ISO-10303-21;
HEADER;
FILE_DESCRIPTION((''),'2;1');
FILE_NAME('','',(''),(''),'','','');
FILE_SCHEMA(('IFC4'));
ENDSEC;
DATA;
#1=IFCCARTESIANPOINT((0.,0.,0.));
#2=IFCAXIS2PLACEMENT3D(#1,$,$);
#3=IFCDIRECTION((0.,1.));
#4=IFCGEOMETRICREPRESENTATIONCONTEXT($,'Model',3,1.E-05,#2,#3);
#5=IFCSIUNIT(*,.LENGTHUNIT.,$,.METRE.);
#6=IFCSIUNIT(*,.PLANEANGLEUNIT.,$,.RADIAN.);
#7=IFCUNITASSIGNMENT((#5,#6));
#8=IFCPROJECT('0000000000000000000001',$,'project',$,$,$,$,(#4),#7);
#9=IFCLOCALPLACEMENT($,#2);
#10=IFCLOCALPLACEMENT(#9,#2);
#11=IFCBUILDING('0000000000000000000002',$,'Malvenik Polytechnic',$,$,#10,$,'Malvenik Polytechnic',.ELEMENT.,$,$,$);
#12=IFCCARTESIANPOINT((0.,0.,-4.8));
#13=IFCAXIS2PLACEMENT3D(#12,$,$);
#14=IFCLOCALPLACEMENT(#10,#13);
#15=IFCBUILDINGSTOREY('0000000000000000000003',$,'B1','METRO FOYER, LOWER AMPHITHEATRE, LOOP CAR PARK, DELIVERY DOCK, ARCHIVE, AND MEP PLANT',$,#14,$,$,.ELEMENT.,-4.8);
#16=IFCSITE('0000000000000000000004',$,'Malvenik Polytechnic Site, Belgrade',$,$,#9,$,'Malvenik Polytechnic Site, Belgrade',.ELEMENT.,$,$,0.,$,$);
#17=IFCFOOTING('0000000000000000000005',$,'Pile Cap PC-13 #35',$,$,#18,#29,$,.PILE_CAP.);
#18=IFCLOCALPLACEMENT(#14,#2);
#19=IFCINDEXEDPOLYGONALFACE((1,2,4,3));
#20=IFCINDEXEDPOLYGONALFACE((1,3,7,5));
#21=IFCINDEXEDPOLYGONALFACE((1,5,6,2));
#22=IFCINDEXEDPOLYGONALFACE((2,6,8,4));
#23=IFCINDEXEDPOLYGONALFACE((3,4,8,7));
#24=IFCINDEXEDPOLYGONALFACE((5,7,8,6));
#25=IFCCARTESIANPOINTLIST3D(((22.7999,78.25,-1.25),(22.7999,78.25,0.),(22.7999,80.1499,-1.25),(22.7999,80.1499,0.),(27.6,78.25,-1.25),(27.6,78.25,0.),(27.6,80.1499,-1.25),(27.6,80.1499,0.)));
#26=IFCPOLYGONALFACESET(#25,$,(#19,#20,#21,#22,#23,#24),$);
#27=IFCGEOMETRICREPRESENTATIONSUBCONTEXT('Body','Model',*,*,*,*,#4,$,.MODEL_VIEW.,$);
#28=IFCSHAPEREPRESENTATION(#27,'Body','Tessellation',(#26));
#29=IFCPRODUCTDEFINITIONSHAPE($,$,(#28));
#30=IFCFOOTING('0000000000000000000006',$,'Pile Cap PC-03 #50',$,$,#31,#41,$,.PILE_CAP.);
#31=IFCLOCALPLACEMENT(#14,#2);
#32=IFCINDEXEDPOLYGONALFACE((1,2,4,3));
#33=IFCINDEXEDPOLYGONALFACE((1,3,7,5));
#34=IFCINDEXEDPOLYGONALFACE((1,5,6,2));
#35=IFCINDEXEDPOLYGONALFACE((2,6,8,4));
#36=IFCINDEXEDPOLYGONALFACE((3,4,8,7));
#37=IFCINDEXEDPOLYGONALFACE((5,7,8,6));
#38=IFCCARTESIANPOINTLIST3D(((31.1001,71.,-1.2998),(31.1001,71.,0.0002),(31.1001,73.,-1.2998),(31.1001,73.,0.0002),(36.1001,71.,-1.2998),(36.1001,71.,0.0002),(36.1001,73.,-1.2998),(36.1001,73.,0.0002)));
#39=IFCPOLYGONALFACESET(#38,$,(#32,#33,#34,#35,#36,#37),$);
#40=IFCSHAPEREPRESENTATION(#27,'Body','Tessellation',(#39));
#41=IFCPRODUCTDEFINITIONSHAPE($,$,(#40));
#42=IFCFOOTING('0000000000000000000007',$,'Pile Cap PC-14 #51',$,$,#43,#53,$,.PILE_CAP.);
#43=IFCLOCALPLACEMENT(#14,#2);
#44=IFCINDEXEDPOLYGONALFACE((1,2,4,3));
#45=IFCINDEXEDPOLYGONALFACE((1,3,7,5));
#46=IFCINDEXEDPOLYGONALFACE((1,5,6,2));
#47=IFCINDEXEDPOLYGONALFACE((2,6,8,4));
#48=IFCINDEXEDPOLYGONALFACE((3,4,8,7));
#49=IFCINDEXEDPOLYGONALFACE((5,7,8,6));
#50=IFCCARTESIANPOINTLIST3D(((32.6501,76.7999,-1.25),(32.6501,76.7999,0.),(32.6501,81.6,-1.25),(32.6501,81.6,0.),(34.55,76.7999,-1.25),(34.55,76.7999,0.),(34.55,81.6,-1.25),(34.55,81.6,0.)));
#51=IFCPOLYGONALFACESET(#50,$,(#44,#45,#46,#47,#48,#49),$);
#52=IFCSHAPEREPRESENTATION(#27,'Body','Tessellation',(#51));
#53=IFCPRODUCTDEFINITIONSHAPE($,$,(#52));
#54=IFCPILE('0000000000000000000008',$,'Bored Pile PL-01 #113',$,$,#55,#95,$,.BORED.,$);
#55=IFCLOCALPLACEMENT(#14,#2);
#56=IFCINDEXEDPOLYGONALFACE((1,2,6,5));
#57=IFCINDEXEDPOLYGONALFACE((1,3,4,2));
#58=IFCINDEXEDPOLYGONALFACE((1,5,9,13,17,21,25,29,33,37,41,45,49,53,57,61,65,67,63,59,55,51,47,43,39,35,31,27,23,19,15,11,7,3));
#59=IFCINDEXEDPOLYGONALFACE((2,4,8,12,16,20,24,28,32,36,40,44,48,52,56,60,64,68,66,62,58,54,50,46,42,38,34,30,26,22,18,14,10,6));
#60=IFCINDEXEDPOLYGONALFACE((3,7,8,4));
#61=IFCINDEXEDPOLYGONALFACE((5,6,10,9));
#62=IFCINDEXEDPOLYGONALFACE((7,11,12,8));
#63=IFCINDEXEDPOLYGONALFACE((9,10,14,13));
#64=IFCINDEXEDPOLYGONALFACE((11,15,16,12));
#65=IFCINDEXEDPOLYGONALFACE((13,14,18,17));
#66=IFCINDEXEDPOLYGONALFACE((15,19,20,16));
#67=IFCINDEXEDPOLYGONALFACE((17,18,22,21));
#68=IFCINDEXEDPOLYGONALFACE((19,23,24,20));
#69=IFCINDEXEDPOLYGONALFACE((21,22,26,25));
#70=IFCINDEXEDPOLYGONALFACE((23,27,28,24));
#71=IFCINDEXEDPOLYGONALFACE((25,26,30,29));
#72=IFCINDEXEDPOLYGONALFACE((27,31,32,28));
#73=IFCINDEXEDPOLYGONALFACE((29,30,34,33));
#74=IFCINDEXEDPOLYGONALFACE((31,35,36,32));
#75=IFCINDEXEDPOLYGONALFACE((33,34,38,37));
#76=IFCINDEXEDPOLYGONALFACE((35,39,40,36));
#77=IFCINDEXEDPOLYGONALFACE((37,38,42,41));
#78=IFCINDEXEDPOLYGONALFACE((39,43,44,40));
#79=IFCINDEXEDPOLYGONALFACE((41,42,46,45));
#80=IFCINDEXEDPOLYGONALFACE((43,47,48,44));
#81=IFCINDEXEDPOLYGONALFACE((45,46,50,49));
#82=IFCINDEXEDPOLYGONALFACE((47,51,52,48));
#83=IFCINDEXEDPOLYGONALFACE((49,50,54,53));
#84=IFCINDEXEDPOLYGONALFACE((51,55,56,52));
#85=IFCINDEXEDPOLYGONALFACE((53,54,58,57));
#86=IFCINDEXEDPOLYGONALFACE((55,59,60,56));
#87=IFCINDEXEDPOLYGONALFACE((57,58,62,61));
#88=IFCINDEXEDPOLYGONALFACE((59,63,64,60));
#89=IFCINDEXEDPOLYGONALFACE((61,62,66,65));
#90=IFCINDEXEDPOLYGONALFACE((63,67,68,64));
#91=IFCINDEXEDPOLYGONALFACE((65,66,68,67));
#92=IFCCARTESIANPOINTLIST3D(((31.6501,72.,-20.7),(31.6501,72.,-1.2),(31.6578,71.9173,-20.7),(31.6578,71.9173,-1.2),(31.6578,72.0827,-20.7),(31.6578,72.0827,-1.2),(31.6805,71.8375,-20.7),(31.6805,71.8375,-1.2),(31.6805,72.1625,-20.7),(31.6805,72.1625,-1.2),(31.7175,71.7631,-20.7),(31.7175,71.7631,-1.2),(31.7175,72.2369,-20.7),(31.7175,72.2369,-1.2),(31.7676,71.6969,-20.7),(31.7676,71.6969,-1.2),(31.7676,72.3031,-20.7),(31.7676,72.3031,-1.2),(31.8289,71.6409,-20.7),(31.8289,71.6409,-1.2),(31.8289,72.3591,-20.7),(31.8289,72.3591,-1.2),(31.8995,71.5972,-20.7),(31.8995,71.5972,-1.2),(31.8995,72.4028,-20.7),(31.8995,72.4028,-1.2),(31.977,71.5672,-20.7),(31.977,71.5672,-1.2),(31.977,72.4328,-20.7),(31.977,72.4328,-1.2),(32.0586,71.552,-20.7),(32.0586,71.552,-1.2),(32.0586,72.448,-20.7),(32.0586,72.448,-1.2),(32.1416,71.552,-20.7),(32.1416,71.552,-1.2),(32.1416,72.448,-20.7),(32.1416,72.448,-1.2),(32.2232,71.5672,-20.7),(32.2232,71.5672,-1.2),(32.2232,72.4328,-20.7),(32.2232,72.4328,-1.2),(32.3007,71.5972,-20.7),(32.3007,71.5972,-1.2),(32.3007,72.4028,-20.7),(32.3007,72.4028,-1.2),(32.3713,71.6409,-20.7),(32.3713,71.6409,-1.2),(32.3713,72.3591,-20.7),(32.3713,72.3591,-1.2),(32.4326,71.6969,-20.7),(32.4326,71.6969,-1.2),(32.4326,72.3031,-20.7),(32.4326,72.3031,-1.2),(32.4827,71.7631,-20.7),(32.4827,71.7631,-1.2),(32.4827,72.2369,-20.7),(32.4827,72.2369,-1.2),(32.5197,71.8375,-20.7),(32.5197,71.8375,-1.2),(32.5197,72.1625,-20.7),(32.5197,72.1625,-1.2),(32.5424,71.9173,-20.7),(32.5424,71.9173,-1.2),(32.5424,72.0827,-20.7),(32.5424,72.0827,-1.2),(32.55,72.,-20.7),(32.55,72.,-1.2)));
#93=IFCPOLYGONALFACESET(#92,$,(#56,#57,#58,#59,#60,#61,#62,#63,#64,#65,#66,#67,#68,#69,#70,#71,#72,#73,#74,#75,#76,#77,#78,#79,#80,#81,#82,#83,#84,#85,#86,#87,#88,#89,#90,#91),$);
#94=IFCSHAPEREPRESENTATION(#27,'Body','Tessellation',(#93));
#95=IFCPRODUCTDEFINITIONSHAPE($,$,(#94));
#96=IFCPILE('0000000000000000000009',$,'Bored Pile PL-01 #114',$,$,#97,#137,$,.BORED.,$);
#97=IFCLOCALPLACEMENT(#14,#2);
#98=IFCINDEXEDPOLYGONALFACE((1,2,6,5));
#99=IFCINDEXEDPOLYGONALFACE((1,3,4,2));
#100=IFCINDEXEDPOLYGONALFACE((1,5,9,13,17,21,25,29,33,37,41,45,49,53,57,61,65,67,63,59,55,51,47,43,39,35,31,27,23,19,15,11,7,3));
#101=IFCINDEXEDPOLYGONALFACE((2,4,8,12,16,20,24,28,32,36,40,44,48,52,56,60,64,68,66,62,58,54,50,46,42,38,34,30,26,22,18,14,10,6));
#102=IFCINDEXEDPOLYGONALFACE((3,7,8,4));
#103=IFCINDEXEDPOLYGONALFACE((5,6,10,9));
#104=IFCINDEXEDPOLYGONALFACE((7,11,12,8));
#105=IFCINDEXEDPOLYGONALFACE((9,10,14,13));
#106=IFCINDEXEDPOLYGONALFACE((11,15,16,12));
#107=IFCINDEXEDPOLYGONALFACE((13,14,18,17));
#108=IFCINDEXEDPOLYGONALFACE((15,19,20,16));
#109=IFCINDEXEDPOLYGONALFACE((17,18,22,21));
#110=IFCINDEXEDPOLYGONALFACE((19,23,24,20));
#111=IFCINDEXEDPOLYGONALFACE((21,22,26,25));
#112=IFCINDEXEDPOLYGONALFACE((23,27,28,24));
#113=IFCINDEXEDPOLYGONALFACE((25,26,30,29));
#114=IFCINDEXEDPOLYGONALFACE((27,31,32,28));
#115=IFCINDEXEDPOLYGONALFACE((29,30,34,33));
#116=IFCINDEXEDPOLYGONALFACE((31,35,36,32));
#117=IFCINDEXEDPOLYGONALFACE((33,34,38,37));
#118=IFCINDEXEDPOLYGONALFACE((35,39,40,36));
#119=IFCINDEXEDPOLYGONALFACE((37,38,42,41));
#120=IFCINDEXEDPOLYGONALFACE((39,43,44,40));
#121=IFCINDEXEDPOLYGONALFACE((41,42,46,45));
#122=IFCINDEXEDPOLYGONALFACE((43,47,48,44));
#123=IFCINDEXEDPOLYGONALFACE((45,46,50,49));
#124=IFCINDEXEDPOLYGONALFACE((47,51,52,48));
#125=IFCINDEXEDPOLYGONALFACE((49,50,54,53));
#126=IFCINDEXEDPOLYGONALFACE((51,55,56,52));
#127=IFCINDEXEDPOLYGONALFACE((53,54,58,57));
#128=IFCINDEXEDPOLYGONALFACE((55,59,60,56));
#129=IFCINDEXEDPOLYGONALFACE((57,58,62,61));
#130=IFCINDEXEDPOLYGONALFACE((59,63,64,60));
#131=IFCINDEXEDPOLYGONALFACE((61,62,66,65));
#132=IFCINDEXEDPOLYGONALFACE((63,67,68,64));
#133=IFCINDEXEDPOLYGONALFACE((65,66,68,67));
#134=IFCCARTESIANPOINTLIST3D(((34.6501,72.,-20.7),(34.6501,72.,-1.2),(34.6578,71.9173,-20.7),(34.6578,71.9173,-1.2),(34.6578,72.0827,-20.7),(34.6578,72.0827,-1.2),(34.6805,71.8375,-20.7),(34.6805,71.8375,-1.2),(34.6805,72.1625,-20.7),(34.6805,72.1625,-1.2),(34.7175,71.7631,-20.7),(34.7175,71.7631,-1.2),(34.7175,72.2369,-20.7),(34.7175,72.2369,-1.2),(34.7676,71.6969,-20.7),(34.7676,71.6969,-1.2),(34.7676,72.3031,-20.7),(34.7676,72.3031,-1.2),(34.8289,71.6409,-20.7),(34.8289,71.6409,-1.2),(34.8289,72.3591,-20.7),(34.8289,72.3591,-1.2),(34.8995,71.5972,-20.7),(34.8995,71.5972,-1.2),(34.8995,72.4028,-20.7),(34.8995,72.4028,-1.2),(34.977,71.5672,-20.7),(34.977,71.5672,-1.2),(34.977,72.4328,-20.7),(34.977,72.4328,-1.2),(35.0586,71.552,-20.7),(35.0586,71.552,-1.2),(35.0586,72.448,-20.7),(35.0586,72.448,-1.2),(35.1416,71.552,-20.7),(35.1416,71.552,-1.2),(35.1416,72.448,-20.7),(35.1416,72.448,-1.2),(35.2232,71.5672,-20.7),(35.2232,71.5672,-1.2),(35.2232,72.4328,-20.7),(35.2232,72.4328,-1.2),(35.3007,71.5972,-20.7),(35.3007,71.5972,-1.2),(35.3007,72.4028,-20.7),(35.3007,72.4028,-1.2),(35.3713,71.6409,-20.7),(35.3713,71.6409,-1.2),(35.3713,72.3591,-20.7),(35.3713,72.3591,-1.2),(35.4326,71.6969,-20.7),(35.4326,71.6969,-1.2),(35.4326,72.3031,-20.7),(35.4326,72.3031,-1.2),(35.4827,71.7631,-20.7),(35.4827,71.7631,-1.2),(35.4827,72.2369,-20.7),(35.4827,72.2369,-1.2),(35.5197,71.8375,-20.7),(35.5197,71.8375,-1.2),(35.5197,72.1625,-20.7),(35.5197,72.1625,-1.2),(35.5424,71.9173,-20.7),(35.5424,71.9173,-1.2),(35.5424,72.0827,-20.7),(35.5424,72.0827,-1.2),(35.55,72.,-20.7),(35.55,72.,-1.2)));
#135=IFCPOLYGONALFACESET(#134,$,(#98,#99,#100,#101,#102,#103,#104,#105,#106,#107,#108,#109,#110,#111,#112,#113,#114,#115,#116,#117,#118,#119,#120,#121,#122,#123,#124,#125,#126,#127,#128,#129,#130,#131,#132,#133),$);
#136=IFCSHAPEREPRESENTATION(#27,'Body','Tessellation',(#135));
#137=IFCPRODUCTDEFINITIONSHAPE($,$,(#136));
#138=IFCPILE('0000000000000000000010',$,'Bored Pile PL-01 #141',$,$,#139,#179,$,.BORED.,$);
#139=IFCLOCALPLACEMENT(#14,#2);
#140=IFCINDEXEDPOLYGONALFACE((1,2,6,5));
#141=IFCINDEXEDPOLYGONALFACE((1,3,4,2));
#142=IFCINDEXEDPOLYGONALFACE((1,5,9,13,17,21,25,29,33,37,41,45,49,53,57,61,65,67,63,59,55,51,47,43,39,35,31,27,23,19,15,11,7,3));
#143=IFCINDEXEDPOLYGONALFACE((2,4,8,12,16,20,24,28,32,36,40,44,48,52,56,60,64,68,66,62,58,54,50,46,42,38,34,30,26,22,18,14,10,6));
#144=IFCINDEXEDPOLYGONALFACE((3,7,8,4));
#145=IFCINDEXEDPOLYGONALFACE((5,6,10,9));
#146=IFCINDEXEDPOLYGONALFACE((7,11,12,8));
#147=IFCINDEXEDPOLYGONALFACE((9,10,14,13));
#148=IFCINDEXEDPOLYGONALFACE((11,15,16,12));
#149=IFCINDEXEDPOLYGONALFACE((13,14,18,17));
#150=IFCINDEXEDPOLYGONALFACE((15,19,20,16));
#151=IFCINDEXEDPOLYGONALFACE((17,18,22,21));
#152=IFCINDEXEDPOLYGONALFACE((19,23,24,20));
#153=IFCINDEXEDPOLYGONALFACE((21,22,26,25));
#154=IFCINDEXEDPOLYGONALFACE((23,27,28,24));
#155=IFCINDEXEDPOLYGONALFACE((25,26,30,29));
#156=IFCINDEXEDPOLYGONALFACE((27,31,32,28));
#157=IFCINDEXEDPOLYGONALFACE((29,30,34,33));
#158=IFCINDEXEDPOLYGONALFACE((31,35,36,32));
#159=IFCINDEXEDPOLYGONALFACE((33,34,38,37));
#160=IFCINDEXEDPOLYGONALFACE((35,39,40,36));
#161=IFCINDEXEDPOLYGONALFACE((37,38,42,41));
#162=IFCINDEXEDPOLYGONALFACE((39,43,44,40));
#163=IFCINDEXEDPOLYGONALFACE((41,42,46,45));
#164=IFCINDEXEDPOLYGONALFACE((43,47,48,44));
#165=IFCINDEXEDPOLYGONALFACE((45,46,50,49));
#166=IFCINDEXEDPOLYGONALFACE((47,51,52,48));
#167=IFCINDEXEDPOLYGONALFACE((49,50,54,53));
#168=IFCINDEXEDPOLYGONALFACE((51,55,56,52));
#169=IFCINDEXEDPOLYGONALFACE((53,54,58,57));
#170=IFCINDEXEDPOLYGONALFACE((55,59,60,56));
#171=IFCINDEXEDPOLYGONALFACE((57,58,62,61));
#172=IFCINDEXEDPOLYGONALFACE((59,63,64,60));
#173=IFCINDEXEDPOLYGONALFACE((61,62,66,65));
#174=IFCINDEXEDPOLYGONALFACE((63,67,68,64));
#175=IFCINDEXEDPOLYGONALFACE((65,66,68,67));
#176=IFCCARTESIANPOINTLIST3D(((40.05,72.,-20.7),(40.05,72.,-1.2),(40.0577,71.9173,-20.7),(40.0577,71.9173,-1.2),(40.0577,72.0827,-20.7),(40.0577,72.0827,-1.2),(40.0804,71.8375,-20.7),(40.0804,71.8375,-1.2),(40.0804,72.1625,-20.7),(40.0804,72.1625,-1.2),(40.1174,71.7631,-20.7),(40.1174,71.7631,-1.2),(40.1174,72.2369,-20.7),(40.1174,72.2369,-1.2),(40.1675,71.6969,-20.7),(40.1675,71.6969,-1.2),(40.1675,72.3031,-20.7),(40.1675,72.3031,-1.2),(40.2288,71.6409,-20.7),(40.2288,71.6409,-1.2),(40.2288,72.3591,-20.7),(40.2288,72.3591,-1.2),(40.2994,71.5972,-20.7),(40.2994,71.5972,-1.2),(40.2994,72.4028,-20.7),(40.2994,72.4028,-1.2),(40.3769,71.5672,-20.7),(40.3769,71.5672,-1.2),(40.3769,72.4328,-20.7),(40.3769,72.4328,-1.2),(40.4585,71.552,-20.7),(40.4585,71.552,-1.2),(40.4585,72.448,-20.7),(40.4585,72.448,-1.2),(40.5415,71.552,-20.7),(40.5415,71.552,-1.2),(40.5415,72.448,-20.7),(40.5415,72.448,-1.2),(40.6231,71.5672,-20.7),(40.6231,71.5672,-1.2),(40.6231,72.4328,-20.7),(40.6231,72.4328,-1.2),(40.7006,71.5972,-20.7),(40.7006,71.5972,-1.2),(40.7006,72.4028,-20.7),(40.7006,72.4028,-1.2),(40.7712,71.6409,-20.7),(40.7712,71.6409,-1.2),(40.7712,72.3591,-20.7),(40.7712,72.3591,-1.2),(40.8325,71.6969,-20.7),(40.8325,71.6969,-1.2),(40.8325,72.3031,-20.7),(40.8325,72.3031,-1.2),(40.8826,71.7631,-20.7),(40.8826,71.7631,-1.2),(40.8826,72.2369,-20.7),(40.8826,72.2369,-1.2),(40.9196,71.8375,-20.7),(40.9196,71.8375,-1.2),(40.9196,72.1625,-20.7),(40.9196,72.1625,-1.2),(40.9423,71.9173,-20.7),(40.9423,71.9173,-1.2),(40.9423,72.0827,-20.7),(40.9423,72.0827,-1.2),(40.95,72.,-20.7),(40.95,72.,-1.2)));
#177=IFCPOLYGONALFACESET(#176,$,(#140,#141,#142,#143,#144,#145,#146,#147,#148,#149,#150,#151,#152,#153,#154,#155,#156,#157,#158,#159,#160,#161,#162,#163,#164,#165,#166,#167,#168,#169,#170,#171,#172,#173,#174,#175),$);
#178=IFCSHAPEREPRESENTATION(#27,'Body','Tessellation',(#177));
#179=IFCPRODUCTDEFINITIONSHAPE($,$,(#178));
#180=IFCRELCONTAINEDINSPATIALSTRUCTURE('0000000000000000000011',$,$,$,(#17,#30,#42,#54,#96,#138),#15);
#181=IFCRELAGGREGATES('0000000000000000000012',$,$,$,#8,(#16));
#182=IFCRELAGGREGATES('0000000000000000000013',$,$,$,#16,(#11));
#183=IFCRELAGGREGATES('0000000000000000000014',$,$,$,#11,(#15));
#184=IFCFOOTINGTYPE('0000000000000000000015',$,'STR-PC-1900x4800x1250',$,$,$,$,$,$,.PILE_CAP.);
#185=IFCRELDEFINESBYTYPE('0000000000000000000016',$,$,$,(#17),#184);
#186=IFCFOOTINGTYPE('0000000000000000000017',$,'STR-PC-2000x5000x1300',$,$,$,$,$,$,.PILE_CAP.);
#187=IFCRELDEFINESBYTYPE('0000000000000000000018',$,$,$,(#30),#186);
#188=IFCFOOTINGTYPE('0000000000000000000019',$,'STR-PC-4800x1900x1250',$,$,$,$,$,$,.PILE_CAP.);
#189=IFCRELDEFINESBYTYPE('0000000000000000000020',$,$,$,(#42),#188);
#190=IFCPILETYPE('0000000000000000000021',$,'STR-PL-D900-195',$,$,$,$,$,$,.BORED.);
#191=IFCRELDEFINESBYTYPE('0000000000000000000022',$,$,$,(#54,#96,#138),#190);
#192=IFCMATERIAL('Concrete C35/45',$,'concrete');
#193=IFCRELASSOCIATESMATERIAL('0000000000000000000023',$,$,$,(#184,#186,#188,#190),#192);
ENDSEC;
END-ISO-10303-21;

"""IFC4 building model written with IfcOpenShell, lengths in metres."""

from ifc_helpers import new_model, si_unit, direction, frame, origin, origin_2d, place, context, subcontext, project, spatial, rectangle, circle, extrude, material, material_profile, profile_set, type_object, element, save


model = new_model("IFC4")

# Units and contexts
model_context = context("Model", 3, precision=1e-05, world=origin(), true_north=direction((0.0, 1.0)))
body_context = subcontext(model_context, "Body", "Model", "MODEL_VIEW")
ifc_project = project(units=[si_unit("LENGTHUNIT", "METRE"), si_unit("PLANEANGLEUNIT", "RADIAN")], contexts=[model_context])

# Site, building, storey
site_placement = place(None, origin())
site = spatial("IfcSite", under=ifc_project, at=site_placement, Name="Malvenik Polytechnic Site, Belgrade", LongName="Malvenik Polytechnic Site, Belgrade", CompositionType="ELEMENT", RefElevation=0.0)
building_placement = place(site_placement, origin())
building = spatial("IfcBuilding", under=site, at=building_placement, Name="Malvenik Polytechnic", LongName="Malvenik Polytechnic", CompositionType="ELEMENT")
storey_placement = place(building_placement, frame((0.0, 0.0, -4.8)))
storey = spatial("IfcBuildingStorey", under=building, at=storey_placement, Name="B1", Description="METRO FOYER, LOWER AMPHITHEATRE, LOOP CAR PARK, DELIVERY DOCK, ARCHIVE, AND MEP PLANT", CompositionType="ELEMENT", Elevation=-4.8)

# Footings
ifc_material_1 = material(Name="Concrete C35/45", Category="concrete")
footing_type_1 = type_object("IfcFootingType", Name="STR-PC-1900x4800x1250", PredefinedType="PILE_CAP", material=ifc_material_1)
footing_1_placement = place(storey_placement, frame((25.2, 79.2, -1.25), z_axis=(0.0, 0.0, 1.0), x_axis=(1.0, 0.0, 0.0)))
element("IfcFooting", 1, at=footing_1_placement, inside=storey, type_object=footing_type_1, Name="Pile Cap PC-13 #35", PredefinedType="PILE_CAP", context=body_context, shape_type="SweptSolid", body=[
    extrude(rectangle(XDim=4.8, YDim=1.8999, at=origin_2d()), origin(), (0.0, 0.0, 1.0), 1.25),
])
footing_type_2 = type_object("IfcFootingType", Name="STR-PC-2000x5000x1300", PredefinedType="PILE_CAP", material=ifc_material_1)
footing_2_placement = place(storey_placement, frame((33.6001, 72.0, -1.2998), z_axis=(0.0, 0.0, 1.0), x_axis=(1.0, 0.0, 0.0)))
element("IfcFooting", 2, at=footing_2_placement, inside=storey, type_object=footing_type_2, Name="Pile Cap PC-03 #50", PredefinedType="PILE_CAP", context=body_context, shape_type="SweptSolid", body=[
    extrude(rectangle(XDim=5.0, YDim=2.0, at=origin_2d()), origin(), (0.0, 0.0, 1.0), 1.3),
])
footing_type_3 = type_object("IfcFootingType", Name="STR-PC-4800x1900x1250", PredefinedType="PILE_CAP", material=ifc_material_1)
footing_3_placement = place(storey_placement, frame((33.6001, 79.2, -1.25), z_axis=(0.0, 0.0, 1.0), x_axis=(1.0, 0.0, 0.0)))
element("IfcFooting", 3, at=footing_3_placement, inside=storey, type_object=footing_type_3, Name="Pile Cap PC-14 #51", PredefinedType="PILE_CAP", context=body_context, shape_type="SweptSolid", body=[
    extrude(rectangle(XDim=1.8999, YDim=4.8, at=origin_2d()), origin(), (0.0, 0.0, 1.0), 1.25),
])

# Piles
ifc_material_profile_1 = material_profile(ifc_material_1, circle(Radius=0.45, at=origin_2d()), Name="BORED PILE D900")
ifc_profile_set_1 = profile_set([ifc_material_profile_1], Name="Concrete C35/45")
pile_type_1 = type_object("IfcPileType", Name="STR-PL-D900-195", PredefinedType="BORED", material=ifc_profile_set_1)
for number, where, z_axis, x_axis, name in (
    (4, (32.1001, 72.0, -1.2), (0.0, 0.0, -1.0), (1.0, 0.0, 0.0), "Bored Pile PL-01 #113"),
    (5, (35.1001, 72.0, -1.2), (0.0, 0.0, -1.0), (1.0, 0.0, 0.0), "Bored Pile PL-01 #114"),
    (6, (40.5, 72.0, -1.2), (0.0, 0.0, -1.0), (1.0, 0.0, 0.0), "Bored Pile PL-01 #141"),
):
    element("IfcPile", number, at=place(storey_placement, frame(where, z_axis=z_axis, x_axis=x_axis)), inside=storey, type_object=pile_type_1, Name=name, PredefinedType="BORED", context=body_context, shape_type="SweptSolid", body=[
        extrude(circle(Radius=0.45, at=origin_2d()), origin(), (0.0, 0.0, 1.0), 19.5),
    ])

save(model, "model.ifc")
